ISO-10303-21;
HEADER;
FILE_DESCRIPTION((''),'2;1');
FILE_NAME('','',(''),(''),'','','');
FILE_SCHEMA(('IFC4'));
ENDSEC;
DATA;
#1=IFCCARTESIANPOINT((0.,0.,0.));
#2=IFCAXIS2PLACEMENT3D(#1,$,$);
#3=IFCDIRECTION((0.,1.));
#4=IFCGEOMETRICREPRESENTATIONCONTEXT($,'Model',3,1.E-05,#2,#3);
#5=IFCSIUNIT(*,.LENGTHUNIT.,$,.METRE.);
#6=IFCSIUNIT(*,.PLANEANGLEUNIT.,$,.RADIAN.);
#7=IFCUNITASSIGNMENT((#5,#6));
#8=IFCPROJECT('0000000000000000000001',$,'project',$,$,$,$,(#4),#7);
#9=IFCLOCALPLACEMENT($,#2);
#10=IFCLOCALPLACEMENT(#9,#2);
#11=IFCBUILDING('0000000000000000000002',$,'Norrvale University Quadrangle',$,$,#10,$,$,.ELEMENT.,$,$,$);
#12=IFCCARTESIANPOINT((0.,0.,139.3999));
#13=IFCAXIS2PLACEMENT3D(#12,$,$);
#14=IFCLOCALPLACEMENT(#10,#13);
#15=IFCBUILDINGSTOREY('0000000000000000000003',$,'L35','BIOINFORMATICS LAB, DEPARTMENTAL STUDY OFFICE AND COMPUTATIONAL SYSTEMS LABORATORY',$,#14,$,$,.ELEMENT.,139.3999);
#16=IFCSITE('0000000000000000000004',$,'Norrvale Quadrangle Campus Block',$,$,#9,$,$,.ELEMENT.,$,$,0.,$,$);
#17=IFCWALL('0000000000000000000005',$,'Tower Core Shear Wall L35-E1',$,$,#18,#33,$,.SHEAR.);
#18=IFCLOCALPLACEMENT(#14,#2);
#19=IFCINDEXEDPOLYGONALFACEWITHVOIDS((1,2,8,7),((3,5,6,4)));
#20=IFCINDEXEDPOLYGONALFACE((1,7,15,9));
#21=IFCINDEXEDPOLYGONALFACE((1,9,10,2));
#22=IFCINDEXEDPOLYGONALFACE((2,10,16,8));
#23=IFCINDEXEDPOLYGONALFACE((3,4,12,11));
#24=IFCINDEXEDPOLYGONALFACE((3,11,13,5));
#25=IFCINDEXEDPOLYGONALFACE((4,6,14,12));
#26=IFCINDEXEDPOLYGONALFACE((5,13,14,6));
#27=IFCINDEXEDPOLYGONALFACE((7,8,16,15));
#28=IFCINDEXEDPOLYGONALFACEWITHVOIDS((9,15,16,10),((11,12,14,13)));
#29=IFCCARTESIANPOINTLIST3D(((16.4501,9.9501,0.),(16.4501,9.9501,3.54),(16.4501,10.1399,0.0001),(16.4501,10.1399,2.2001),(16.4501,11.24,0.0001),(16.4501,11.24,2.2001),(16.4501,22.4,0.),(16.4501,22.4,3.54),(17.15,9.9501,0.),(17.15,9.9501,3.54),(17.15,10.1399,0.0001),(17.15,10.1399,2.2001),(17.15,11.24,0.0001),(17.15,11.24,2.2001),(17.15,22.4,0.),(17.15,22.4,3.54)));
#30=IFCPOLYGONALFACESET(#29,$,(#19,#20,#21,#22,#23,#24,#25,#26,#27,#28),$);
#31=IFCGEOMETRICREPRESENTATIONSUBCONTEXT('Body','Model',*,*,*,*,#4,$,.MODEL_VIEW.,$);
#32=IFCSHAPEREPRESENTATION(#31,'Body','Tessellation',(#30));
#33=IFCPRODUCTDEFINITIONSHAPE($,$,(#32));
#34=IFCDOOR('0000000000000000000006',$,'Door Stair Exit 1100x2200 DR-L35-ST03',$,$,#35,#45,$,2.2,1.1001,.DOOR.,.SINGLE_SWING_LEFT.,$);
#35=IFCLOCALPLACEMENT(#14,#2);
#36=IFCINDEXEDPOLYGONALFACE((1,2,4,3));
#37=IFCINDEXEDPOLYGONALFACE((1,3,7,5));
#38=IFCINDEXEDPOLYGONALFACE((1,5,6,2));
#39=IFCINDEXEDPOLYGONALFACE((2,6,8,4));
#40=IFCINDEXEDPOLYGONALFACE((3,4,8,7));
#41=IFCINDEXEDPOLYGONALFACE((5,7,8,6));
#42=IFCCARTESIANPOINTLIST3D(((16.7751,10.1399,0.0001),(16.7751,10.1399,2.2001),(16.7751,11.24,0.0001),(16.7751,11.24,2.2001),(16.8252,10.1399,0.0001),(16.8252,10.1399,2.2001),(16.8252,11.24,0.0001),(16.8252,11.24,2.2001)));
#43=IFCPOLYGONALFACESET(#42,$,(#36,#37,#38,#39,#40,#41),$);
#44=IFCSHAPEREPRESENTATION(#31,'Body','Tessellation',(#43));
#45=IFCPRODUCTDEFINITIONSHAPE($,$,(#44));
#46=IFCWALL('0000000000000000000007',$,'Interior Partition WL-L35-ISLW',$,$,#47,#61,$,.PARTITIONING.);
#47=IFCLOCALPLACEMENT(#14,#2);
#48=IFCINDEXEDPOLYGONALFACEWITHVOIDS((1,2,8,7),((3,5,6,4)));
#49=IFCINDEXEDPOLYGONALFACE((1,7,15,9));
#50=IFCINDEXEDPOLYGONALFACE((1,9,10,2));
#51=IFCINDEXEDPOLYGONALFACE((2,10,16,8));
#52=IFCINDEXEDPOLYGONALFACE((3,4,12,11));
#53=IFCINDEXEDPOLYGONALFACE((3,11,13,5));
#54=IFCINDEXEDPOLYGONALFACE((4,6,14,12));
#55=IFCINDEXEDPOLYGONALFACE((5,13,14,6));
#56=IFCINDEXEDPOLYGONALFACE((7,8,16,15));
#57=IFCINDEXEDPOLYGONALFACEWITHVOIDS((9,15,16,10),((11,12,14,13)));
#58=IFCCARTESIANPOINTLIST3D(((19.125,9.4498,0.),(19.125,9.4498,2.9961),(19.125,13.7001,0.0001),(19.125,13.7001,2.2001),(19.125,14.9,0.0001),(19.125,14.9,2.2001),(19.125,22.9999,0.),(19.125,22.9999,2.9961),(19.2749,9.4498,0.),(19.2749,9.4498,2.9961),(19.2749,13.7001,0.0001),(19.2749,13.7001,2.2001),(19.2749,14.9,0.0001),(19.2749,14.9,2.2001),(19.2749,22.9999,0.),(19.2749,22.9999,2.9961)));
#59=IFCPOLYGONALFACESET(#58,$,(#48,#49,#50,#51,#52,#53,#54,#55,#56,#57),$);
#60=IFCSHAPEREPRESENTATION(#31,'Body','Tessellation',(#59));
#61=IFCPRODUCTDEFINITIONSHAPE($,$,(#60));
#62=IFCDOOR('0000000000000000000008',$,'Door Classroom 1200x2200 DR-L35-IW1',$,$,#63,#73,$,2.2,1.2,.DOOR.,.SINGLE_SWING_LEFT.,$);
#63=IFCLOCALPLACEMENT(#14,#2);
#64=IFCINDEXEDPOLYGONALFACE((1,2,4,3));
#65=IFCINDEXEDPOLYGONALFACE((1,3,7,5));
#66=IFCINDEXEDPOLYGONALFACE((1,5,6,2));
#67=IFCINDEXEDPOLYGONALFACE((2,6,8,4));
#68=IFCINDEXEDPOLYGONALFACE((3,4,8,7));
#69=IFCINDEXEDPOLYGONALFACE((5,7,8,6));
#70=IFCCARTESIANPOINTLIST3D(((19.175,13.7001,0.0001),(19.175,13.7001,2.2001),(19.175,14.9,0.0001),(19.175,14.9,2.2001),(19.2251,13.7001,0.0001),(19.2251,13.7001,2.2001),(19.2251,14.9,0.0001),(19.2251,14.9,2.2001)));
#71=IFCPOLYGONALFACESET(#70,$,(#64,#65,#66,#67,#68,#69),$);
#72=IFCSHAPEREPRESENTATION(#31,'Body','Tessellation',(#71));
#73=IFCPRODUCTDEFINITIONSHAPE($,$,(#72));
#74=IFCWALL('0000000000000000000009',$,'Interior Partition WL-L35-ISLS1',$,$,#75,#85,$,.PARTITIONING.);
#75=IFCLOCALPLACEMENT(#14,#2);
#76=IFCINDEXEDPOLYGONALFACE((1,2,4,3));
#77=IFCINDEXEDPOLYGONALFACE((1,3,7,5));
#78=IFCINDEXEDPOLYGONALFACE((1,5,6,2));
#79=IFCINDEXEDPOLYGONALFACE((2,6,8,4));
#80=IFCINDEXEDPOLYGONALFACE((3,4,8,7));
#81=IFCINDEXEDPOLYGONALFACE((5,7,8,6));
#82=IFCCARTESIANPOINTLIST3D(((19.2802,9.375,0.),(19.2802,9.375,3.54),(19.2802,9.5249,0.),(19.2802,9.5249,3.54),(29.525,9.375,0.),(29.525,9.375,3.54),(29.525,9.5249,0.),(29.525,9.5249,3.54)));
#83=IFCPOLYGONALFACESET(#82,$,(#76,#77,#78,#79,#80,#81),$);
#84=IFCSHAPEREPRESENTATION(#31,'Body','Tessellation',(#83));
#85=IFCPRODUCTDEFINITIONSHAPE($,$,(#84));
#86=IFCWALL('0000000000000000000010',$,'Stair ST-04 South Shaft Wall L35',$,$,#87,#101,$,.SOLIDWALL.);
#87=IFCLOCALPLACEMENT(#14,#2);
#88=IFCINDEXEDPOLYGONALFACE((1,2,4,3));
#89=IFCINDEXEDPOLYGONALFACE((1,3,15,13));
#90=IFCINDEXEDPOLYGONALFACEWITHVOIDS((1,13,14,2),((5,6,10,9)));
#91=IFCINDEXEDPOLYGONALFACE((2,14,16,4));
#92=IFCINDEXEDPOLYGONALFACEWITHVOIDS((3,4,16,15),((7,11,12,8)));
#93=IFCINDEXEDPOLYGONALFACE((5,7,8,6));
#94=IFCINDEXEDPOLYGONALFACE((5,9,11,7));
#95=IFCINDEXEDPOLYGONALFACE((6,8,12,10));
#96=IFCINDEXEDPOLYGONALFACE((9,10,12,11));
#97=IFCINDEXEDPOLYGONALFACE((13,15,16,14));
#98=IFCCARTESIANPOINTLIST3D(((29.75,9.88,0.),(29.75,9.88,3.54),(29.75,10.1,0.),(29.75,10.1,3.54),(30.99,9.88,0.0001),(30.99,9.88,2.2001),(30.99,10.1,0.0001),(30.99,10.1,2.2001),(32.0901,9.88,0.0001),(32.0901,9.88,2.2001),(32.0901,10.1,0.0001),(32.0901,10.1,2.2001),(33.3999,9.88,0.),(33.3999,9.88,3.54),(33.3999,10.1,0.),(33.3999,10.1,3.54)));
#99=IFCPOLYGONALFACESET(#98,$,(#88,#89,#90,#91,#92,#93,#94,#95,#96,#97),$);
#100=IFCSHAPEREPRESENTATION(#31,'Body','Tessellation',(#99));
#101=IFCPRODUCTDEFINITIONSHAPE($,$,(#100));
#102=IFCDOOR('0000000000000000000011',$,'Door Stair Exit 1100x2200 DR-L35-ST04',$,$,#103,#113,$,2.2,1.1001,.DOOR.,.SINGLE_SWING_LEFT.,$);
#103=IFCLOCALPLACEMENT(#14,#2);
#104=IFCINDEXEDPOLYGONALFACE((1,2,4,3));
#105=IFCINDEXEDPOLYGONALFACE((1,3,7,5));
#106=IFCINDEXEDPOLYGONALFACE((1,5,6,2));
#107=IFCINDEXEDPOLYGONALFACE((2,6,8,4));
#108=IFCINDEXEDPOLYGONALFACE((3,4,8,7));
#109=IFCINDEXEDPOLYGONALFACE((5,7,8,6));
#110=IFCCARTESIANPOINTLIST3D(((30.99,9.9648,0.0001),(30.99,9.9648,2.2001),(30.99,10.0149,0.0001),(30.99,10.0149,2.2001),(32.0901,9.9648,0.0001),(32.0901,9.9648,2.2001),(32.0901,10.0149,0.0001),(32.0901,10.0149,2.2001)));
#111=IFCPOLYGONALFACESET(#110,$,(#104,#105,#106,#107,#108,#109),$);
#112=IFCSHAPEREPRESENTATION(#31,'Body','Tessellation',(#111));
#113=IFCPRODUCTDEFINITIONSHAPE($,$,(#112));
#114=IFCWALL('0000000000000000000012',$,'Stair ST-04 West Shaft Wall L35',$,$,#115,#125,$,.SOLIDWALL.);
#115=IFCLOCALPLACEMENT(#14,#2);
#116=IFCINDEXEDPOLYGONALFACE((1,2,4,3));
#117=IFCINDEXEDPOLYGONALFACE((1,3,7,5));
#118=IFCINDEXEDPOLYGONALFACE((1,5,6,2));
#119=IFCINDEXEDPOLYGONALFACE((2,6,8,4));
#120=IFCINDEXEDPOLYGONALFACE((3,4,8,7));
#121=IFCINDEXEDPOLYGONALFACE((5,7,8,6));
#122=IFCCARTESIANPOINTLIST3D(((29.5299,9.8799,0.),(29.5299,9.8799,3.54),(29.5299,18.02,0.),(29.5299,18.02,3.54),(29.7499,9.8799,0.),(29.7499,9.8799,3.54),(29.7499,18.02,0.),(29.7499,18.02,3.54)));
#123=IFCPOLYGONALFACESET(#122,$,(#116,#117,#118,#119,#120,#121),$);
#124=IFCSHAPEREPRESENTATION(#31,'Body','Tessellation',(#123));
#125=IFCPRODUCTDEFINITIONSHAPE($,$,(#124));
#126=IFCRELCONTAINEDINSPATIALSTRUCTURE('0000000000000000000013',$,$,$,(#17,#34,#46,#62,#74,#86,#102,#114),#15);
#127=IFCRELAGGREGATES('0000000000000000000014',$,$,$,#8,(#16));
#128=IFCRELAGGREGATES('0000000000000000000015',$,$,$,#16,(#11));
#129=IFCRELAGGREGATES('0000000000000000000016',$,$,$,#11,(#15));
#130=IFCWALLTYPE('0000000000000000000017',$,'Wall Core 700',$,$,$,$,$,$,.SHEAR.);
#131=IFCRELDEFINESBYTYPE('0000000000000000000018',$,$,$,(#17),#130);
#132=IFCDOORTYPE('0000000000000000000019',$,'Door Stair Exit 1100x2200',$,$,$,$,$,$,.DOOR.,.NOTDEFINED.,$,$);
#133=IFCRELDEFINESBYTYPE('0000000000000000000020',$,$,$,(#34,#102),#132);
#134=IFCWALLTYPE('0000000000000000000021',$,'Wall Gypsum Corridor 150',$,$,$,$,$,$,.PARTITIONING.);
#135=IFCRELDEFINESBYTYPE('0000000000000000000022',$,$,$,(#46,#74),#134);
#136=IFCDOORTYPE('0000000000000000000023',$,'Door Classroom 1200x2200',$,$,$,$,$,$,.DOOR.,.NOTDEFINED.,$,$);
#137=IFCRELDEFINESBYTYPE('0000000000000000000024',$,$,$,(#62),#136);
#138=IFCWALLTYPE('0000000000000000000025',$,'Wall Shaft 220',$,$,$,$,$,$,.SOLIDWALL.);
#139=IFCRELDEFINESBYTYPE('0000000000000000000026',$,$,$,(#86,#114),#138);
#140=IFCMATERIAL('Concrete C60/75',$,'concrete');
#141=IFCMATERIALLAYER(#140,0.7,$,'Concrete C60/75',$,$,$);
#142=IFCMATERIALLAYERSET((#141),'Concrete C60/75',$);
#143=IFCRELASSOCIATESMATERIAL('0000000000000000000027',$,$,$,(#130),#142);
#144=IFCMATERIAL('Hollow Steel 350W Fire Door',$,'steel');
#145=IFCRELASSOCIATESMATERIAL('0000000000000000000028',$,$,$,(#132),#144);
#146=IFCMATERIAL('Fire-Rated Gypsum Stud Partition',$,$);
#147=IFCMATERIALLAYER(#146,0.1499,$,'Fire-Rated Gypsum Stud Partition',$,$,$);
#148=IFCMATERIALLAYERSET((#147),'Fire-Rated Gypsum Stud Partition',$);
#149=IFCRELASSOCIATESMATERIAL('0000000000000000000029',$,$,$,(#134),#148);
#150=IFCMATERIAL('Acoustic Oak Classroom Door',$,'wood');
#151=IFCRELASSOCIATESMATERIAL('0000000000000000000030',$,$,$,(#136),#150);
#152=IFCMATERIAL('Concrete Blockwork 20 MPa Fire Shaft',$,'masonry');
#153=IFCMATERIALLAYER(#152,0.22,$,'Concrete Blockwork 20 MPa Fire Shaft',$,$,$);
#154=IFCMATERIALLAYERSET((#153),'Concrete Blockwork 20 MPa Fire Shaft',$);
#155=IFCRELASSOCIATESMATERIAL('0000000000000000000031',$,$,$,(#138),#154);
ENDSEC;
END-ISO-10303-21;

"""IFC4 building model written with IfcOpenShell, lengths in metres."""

from ifc_helpers import new_model, si_unit, direction, frame, frame_2d, origin, place, context, subcontext, project, spatial, rectangle, extrude, material, layer, layer_set, type_object, element, fill, save


model = new_model("IFC4")

# Units and contexts
model_context = context("Model", 3, precision=1e-05, world=origin(), true_north=direction((0.0, 1.0)))
body_context = subcontext(model_context, "Body", "Model", "MODEL_VIEW")
ifc_project = project(units=[si_unit("LENGTHUNIT", "METRE"), si_unit("PLANEANGLEUNIT", "RADIAN")], contexts=[model_context])

# Site, building, storey
site_placement = place(None, origin())
site = spatial("IfcSite", under=ifc_project, at=site_placement, Name="Norrvale Quadrangle Campus Block", CompositionType="ELEMENT", RefElevation=0.0)
building_placement = place(site_placement, origin())
building = spatial("IfcBuilding", under=site, at=building_placement, Name="Norrvale University Quadrangle", CompositionType="ELEMENT")
storey_placement = place(building_placement, frame((0.0, 0.0, 139.3999)))
storey = spatial("IfcBuildingStorey", under=building, at=storey_placement, Name="L35", Description="BIOINFORMATICS LAB, DEPARTMENTAL STUDY OFFICE AND COMPUTATIONAL SYSTEMS LABORATORY", CompositionType="ELEMENT", Elevation=139.3999)

# Shared definitions
ifc_material_1 = material(Name="Concrete C60/75", Category="concrete")

# Walls, openings, doors
ifc_layer_1 = layer(ifc_material_1, 0.7, Name="Concrete C60/75")
ifc_layer_set_1 = layer_set([ifc_layer_1], Name="Concrete C60/75")
wall_type_1 = type_object("IfcWallType", Name="Wall Core 700", PredefinedType="SHEAR", material=ifc_layer_set_1)
wall_1_placement = place(storey_placement, frame((16.8, 9.95, 0.0), z_axis=(0.0, 0.0, 1.0), x_axis=(0.0, 1.0, 0.0)))
wall_1 = element("IfcWall", 1, at=wall_1_placement, inside=storey, type_object=wall_type_1, Name="Tower Core Shear Wall L35-E1", PredefinedType="SHEAR", context=body_context, shape_type="SweptSolid", body=[
    extrude(rectangle(XDim=12.45, YDim=0.7, at=frame_2d((6.2251, 0.0))), origin(), (0.0, 0.0, 1.0), 3.54),
])
opening_1_placement = place(wall_1_placement, frame((0.1899, 0.0, 0.0)))
opening_1 = element("IfcOpeningElement", 2, at=opening_1_placement, cuts=wall_1, PredefinedType="OPENING", context=body_context, shape_type="SweptSolid", body=[
    extrude(rectangle(XDim=1.1001, YDim=2.2, at=frame_2d((0.55, 1.1001))), frame((0.0, 0.3621, 0.0), z_axis=(0.0, -1.0, 0.0), x_axis=(1.0, 0.0, 0.0)), (0.0, 0.0, 1.0), 0.7239),
])
ifc_material_2 = material(Name="Hollow Steel 350W Fire Door", Category="steel")
door_type_1 = type_object("IfcDoorType", Name="Door Stair Exit 1100x2200", OperationType="NOTDEFINED", PredefinedType="DOOR", material=ifc_material_2)
door_1_placement = place(opening_1_placement, origin())
door_1 = element("IfcDoor", 3, at=door_1_placement, inside=storey, type_object=door_type_1, Name="Door Stair Exit 1100x2200 DR-L35-ST03", OperationType="SINGLE_SWING_LEFT", OverallHeight=2.2, OverallWidth=1.1001, PredefinedType="DOOR", context=body_context, shape_type="SweptSolid", body=[
    extrude(rectangle(XDim=1.1001, YDim=2.2, at=frame_2d((0.55, 1.1001))), frame((0.0, 0.0249, 0.0), z_axis=(0.0, -1.0, 0.0), x_axis=(1.0, 0.0, 0.0)), (0.0, 0.0, 1.0), 0.05),
])
fill(opening_1, door_1)
ifc_material_3 = material(Name="Fire-Rated Gypsum Stud Partition")
ifc_layer_2 = layer(ifc_material_3, 0.1499, Name="Fire-Rated Gypsum Stud Partition")
ifc_layer_set_2 = layer_set([ifc_layer_2], Name="Fire-Rated Gypsum Stud Partition")
wall_type_2 = type_object("IfcWallType", Name="Wall Gypsum Corridor 150", PredefinedType="PARTITIONING", material=ifc_layer_set_2)
wall_2_placement = place(storey_placement, frame((19.2, 9.45, 0.0), z_axis=(0.0, 0.0, 1.0), x_axis=(0.0, 1.0, 0.0)))
wall_2 = element("IfcWall", 4, at=wall_2_placement, inside=storey, type_object=wall_type_2, Name="Interior Partition WL-L35-ISLW", PredefinedType="PARTITIONING", context=body_context, shape_type="SweptSolid", body=[
    extrude(rectangle(XDim=13.55, YDim=0.1499, at=frame_2d((6.7749, 0.0))), origin(), (0.0, 0.0, 1.0), 2.9961),
])
opening_2_placement = place(wall_2_placement, frame((4.25, 0.0, 0.0)))
opening_2 = element("IfcOpeningElement", 5, at=opening_2_placement, cuts=wall_2, PredefinedType="OPENING", context=body_context, shape_type="SweptSolid", body=[
    extrude(rectangle(XDim=1.2, YDim=2.2, at=frame_2d((0.6001, 1.1001))), frame((0.0, 0.0869, 0.0), z_axis=(0.0, -1.0, 0.0), x_axis=(1.0, 0.0, 0.0)), (0.0, 0.0, 1.0), 0.1738),
])
ifc_material_4 = material(Name="Acoustic Oak Classroom Door", Category="wood")
door_type_2 = type_object("IfcDoorType", Name="Door Classroom 1200x2200", OperationType="NOTDEFINED", PredefinedType="DOOR", material=ifc_material_4)
door_2_placement = place(opening_2_placement, origin())
door_2 = element("IfcDoor", 6, at=door_2_placement, inside=storey, type_object=door_type_2, Name="Door Classroom 1200x2200 DR-L35-IW1", OperationType="SINGLE_SWING_LEFT", OverallHeight=2.2, OverallWidth=1.2, PredefinedType="DOOR", context=body_context, shape_type="SweptSolid", body=[
    extrude(rectangle(XDim=1.2, YDim=2.2, at=frame_2d((0.6001, 1.1001))), frame((0.0, 0.0249, 0.0), z_axis=(0.0, -1.0, 0.0), x_axis=(1.0, 0.0, 0.0)), (0.0, 0.0, 1.0), 0.05),
])
fill(opening_2, door_2)

# Wall
wall_3_placement = place(storey_placement, frame((19.28, 9.45, 0.0), z_axis=(0.0, 0.0, 1.0), x_axis=(1.0, 0.0, 0.0)))
element("IfcWall", 7, at=wall_3_placement, inside=storey, type_object=wall_type_2, Name="Interior Partition WL-L35-ISLS1", PredefinedType="PARTITIONING", context=body_context, shape_type="SweptSolid", body=[
    extrude(rectangle(XDim=10.2449, YDim=0.1499, at=frame_2d((5.1226, 0.0))), origin(), (0.0, 0.0, 1.0), 3.54),
])

# Wall, opening, door
ifc_material_5 = material(Name="Concrete Blockwork 20 MPa Fire Shaft", Category="masonry")
ifc_layer_3 = layer(ifc_material_5, 0.22, Name="Concrete Blockwork 20 MPa Fire Shaft")
ifc_layer_set_3 = layer_set([ifc_layer_3], Name="Concrete Blockwork 20 MPa Fire Shaft")
wall_type_3 = type_object("IfcWallType", Name="Wall Shaft 220", PredefinedType="SOLIDWALL", material=ifc_layer_set_3)
wall_4_placement = place(storey_placement, frame((29.75, 9.99, 0.0), z_axis=(0.0, 0.0, 1.0), x_axis=(1.0, 0.0, 0.0)))
wall_4 = element("IfcWall", 8, at=wall_4_placement, inside=storey, type_object=wall_type_3, Name="Stair ST-04 South Shaft Wall L35", PredefinedType="SOLIDWALL", context=body_context, shape_type="SweptSolid", body=[
    extrude(rectangle(XDim=3.6499, YDim=0.22, at=frame_2d((1.825, 0.0))), origin(), (0.0, 0.0, 1.0), 3.54),
])
opening_3_placement = place(wall_4_placement, frame((1.24, 0.0, 0.0)))
opening_3 = element("IfcOpeningElement", 9, at=opening_3_placement, cuts=wall_4, PredefinedType="OPENING", context=body_context, shape_type="SweptSolid", body=[
    extrude(rectangle(XDim=1.1001, YDim=2.2, at=frame_2d((0.55, 1.1001))), frame((0.0, 0.1221, 0.0), z_axis=(0.0, -1.0, 0.0), x_axis=(1.0, 0.0, 0.0)), (0.0, 0.0, 1.0), 0.2439),
])
door_3_placement = place(opening_3_placement, origin())
door_3 = element("IfcDoor", 10, at=door_3_placement, inside=storey, type_object=door_type_1, Name="Door Stair Exit 1100x2200 DR-L35-ST04", OperationType="SINGLE_SWING_LEFT", OverallHeight=2.2, OverallWidth=1.1001, PredefinedType="DOOR", context=body_context, shape_type="SweptSolid", body=[
    extrude(rectangle(XDim=1.1001, YDim=2.2, at=frame_2d((0.55, 1.1001))), frame((0.0, 0.0249, 0.0), z_axis=(0.0, -1.0, 0.0), x_axis=(1.0, 0.0, 0.0)), (0.0, 0.0, 1.0), 0.05),
])
fill(opening_3, door_3)

# Wall
wall_5_placement = place(storey_placement, frame((29.6399, 9.8799, 0.0), z_axis=(0.0, 0.0, 1.0), x_axis=(0.0, 1.0, 0.0)))
element("IfcWall", 11, at=wall_5_placement, inside=storey, type_object=wall_type_3, Name="Stair ST-04 West Shaft Wall L35", PredefinedType="SOLIDWALL", context=body_context, shape_type="SweptSolid", body=[
    extrude(rectangle(XDim=8.1401, YDim=0.22, at=frame_2d((4.0701, 0.0))), origin(), (0.0, 0.0, 1.0), 3.54),
])

save(model, "model.ifc")
